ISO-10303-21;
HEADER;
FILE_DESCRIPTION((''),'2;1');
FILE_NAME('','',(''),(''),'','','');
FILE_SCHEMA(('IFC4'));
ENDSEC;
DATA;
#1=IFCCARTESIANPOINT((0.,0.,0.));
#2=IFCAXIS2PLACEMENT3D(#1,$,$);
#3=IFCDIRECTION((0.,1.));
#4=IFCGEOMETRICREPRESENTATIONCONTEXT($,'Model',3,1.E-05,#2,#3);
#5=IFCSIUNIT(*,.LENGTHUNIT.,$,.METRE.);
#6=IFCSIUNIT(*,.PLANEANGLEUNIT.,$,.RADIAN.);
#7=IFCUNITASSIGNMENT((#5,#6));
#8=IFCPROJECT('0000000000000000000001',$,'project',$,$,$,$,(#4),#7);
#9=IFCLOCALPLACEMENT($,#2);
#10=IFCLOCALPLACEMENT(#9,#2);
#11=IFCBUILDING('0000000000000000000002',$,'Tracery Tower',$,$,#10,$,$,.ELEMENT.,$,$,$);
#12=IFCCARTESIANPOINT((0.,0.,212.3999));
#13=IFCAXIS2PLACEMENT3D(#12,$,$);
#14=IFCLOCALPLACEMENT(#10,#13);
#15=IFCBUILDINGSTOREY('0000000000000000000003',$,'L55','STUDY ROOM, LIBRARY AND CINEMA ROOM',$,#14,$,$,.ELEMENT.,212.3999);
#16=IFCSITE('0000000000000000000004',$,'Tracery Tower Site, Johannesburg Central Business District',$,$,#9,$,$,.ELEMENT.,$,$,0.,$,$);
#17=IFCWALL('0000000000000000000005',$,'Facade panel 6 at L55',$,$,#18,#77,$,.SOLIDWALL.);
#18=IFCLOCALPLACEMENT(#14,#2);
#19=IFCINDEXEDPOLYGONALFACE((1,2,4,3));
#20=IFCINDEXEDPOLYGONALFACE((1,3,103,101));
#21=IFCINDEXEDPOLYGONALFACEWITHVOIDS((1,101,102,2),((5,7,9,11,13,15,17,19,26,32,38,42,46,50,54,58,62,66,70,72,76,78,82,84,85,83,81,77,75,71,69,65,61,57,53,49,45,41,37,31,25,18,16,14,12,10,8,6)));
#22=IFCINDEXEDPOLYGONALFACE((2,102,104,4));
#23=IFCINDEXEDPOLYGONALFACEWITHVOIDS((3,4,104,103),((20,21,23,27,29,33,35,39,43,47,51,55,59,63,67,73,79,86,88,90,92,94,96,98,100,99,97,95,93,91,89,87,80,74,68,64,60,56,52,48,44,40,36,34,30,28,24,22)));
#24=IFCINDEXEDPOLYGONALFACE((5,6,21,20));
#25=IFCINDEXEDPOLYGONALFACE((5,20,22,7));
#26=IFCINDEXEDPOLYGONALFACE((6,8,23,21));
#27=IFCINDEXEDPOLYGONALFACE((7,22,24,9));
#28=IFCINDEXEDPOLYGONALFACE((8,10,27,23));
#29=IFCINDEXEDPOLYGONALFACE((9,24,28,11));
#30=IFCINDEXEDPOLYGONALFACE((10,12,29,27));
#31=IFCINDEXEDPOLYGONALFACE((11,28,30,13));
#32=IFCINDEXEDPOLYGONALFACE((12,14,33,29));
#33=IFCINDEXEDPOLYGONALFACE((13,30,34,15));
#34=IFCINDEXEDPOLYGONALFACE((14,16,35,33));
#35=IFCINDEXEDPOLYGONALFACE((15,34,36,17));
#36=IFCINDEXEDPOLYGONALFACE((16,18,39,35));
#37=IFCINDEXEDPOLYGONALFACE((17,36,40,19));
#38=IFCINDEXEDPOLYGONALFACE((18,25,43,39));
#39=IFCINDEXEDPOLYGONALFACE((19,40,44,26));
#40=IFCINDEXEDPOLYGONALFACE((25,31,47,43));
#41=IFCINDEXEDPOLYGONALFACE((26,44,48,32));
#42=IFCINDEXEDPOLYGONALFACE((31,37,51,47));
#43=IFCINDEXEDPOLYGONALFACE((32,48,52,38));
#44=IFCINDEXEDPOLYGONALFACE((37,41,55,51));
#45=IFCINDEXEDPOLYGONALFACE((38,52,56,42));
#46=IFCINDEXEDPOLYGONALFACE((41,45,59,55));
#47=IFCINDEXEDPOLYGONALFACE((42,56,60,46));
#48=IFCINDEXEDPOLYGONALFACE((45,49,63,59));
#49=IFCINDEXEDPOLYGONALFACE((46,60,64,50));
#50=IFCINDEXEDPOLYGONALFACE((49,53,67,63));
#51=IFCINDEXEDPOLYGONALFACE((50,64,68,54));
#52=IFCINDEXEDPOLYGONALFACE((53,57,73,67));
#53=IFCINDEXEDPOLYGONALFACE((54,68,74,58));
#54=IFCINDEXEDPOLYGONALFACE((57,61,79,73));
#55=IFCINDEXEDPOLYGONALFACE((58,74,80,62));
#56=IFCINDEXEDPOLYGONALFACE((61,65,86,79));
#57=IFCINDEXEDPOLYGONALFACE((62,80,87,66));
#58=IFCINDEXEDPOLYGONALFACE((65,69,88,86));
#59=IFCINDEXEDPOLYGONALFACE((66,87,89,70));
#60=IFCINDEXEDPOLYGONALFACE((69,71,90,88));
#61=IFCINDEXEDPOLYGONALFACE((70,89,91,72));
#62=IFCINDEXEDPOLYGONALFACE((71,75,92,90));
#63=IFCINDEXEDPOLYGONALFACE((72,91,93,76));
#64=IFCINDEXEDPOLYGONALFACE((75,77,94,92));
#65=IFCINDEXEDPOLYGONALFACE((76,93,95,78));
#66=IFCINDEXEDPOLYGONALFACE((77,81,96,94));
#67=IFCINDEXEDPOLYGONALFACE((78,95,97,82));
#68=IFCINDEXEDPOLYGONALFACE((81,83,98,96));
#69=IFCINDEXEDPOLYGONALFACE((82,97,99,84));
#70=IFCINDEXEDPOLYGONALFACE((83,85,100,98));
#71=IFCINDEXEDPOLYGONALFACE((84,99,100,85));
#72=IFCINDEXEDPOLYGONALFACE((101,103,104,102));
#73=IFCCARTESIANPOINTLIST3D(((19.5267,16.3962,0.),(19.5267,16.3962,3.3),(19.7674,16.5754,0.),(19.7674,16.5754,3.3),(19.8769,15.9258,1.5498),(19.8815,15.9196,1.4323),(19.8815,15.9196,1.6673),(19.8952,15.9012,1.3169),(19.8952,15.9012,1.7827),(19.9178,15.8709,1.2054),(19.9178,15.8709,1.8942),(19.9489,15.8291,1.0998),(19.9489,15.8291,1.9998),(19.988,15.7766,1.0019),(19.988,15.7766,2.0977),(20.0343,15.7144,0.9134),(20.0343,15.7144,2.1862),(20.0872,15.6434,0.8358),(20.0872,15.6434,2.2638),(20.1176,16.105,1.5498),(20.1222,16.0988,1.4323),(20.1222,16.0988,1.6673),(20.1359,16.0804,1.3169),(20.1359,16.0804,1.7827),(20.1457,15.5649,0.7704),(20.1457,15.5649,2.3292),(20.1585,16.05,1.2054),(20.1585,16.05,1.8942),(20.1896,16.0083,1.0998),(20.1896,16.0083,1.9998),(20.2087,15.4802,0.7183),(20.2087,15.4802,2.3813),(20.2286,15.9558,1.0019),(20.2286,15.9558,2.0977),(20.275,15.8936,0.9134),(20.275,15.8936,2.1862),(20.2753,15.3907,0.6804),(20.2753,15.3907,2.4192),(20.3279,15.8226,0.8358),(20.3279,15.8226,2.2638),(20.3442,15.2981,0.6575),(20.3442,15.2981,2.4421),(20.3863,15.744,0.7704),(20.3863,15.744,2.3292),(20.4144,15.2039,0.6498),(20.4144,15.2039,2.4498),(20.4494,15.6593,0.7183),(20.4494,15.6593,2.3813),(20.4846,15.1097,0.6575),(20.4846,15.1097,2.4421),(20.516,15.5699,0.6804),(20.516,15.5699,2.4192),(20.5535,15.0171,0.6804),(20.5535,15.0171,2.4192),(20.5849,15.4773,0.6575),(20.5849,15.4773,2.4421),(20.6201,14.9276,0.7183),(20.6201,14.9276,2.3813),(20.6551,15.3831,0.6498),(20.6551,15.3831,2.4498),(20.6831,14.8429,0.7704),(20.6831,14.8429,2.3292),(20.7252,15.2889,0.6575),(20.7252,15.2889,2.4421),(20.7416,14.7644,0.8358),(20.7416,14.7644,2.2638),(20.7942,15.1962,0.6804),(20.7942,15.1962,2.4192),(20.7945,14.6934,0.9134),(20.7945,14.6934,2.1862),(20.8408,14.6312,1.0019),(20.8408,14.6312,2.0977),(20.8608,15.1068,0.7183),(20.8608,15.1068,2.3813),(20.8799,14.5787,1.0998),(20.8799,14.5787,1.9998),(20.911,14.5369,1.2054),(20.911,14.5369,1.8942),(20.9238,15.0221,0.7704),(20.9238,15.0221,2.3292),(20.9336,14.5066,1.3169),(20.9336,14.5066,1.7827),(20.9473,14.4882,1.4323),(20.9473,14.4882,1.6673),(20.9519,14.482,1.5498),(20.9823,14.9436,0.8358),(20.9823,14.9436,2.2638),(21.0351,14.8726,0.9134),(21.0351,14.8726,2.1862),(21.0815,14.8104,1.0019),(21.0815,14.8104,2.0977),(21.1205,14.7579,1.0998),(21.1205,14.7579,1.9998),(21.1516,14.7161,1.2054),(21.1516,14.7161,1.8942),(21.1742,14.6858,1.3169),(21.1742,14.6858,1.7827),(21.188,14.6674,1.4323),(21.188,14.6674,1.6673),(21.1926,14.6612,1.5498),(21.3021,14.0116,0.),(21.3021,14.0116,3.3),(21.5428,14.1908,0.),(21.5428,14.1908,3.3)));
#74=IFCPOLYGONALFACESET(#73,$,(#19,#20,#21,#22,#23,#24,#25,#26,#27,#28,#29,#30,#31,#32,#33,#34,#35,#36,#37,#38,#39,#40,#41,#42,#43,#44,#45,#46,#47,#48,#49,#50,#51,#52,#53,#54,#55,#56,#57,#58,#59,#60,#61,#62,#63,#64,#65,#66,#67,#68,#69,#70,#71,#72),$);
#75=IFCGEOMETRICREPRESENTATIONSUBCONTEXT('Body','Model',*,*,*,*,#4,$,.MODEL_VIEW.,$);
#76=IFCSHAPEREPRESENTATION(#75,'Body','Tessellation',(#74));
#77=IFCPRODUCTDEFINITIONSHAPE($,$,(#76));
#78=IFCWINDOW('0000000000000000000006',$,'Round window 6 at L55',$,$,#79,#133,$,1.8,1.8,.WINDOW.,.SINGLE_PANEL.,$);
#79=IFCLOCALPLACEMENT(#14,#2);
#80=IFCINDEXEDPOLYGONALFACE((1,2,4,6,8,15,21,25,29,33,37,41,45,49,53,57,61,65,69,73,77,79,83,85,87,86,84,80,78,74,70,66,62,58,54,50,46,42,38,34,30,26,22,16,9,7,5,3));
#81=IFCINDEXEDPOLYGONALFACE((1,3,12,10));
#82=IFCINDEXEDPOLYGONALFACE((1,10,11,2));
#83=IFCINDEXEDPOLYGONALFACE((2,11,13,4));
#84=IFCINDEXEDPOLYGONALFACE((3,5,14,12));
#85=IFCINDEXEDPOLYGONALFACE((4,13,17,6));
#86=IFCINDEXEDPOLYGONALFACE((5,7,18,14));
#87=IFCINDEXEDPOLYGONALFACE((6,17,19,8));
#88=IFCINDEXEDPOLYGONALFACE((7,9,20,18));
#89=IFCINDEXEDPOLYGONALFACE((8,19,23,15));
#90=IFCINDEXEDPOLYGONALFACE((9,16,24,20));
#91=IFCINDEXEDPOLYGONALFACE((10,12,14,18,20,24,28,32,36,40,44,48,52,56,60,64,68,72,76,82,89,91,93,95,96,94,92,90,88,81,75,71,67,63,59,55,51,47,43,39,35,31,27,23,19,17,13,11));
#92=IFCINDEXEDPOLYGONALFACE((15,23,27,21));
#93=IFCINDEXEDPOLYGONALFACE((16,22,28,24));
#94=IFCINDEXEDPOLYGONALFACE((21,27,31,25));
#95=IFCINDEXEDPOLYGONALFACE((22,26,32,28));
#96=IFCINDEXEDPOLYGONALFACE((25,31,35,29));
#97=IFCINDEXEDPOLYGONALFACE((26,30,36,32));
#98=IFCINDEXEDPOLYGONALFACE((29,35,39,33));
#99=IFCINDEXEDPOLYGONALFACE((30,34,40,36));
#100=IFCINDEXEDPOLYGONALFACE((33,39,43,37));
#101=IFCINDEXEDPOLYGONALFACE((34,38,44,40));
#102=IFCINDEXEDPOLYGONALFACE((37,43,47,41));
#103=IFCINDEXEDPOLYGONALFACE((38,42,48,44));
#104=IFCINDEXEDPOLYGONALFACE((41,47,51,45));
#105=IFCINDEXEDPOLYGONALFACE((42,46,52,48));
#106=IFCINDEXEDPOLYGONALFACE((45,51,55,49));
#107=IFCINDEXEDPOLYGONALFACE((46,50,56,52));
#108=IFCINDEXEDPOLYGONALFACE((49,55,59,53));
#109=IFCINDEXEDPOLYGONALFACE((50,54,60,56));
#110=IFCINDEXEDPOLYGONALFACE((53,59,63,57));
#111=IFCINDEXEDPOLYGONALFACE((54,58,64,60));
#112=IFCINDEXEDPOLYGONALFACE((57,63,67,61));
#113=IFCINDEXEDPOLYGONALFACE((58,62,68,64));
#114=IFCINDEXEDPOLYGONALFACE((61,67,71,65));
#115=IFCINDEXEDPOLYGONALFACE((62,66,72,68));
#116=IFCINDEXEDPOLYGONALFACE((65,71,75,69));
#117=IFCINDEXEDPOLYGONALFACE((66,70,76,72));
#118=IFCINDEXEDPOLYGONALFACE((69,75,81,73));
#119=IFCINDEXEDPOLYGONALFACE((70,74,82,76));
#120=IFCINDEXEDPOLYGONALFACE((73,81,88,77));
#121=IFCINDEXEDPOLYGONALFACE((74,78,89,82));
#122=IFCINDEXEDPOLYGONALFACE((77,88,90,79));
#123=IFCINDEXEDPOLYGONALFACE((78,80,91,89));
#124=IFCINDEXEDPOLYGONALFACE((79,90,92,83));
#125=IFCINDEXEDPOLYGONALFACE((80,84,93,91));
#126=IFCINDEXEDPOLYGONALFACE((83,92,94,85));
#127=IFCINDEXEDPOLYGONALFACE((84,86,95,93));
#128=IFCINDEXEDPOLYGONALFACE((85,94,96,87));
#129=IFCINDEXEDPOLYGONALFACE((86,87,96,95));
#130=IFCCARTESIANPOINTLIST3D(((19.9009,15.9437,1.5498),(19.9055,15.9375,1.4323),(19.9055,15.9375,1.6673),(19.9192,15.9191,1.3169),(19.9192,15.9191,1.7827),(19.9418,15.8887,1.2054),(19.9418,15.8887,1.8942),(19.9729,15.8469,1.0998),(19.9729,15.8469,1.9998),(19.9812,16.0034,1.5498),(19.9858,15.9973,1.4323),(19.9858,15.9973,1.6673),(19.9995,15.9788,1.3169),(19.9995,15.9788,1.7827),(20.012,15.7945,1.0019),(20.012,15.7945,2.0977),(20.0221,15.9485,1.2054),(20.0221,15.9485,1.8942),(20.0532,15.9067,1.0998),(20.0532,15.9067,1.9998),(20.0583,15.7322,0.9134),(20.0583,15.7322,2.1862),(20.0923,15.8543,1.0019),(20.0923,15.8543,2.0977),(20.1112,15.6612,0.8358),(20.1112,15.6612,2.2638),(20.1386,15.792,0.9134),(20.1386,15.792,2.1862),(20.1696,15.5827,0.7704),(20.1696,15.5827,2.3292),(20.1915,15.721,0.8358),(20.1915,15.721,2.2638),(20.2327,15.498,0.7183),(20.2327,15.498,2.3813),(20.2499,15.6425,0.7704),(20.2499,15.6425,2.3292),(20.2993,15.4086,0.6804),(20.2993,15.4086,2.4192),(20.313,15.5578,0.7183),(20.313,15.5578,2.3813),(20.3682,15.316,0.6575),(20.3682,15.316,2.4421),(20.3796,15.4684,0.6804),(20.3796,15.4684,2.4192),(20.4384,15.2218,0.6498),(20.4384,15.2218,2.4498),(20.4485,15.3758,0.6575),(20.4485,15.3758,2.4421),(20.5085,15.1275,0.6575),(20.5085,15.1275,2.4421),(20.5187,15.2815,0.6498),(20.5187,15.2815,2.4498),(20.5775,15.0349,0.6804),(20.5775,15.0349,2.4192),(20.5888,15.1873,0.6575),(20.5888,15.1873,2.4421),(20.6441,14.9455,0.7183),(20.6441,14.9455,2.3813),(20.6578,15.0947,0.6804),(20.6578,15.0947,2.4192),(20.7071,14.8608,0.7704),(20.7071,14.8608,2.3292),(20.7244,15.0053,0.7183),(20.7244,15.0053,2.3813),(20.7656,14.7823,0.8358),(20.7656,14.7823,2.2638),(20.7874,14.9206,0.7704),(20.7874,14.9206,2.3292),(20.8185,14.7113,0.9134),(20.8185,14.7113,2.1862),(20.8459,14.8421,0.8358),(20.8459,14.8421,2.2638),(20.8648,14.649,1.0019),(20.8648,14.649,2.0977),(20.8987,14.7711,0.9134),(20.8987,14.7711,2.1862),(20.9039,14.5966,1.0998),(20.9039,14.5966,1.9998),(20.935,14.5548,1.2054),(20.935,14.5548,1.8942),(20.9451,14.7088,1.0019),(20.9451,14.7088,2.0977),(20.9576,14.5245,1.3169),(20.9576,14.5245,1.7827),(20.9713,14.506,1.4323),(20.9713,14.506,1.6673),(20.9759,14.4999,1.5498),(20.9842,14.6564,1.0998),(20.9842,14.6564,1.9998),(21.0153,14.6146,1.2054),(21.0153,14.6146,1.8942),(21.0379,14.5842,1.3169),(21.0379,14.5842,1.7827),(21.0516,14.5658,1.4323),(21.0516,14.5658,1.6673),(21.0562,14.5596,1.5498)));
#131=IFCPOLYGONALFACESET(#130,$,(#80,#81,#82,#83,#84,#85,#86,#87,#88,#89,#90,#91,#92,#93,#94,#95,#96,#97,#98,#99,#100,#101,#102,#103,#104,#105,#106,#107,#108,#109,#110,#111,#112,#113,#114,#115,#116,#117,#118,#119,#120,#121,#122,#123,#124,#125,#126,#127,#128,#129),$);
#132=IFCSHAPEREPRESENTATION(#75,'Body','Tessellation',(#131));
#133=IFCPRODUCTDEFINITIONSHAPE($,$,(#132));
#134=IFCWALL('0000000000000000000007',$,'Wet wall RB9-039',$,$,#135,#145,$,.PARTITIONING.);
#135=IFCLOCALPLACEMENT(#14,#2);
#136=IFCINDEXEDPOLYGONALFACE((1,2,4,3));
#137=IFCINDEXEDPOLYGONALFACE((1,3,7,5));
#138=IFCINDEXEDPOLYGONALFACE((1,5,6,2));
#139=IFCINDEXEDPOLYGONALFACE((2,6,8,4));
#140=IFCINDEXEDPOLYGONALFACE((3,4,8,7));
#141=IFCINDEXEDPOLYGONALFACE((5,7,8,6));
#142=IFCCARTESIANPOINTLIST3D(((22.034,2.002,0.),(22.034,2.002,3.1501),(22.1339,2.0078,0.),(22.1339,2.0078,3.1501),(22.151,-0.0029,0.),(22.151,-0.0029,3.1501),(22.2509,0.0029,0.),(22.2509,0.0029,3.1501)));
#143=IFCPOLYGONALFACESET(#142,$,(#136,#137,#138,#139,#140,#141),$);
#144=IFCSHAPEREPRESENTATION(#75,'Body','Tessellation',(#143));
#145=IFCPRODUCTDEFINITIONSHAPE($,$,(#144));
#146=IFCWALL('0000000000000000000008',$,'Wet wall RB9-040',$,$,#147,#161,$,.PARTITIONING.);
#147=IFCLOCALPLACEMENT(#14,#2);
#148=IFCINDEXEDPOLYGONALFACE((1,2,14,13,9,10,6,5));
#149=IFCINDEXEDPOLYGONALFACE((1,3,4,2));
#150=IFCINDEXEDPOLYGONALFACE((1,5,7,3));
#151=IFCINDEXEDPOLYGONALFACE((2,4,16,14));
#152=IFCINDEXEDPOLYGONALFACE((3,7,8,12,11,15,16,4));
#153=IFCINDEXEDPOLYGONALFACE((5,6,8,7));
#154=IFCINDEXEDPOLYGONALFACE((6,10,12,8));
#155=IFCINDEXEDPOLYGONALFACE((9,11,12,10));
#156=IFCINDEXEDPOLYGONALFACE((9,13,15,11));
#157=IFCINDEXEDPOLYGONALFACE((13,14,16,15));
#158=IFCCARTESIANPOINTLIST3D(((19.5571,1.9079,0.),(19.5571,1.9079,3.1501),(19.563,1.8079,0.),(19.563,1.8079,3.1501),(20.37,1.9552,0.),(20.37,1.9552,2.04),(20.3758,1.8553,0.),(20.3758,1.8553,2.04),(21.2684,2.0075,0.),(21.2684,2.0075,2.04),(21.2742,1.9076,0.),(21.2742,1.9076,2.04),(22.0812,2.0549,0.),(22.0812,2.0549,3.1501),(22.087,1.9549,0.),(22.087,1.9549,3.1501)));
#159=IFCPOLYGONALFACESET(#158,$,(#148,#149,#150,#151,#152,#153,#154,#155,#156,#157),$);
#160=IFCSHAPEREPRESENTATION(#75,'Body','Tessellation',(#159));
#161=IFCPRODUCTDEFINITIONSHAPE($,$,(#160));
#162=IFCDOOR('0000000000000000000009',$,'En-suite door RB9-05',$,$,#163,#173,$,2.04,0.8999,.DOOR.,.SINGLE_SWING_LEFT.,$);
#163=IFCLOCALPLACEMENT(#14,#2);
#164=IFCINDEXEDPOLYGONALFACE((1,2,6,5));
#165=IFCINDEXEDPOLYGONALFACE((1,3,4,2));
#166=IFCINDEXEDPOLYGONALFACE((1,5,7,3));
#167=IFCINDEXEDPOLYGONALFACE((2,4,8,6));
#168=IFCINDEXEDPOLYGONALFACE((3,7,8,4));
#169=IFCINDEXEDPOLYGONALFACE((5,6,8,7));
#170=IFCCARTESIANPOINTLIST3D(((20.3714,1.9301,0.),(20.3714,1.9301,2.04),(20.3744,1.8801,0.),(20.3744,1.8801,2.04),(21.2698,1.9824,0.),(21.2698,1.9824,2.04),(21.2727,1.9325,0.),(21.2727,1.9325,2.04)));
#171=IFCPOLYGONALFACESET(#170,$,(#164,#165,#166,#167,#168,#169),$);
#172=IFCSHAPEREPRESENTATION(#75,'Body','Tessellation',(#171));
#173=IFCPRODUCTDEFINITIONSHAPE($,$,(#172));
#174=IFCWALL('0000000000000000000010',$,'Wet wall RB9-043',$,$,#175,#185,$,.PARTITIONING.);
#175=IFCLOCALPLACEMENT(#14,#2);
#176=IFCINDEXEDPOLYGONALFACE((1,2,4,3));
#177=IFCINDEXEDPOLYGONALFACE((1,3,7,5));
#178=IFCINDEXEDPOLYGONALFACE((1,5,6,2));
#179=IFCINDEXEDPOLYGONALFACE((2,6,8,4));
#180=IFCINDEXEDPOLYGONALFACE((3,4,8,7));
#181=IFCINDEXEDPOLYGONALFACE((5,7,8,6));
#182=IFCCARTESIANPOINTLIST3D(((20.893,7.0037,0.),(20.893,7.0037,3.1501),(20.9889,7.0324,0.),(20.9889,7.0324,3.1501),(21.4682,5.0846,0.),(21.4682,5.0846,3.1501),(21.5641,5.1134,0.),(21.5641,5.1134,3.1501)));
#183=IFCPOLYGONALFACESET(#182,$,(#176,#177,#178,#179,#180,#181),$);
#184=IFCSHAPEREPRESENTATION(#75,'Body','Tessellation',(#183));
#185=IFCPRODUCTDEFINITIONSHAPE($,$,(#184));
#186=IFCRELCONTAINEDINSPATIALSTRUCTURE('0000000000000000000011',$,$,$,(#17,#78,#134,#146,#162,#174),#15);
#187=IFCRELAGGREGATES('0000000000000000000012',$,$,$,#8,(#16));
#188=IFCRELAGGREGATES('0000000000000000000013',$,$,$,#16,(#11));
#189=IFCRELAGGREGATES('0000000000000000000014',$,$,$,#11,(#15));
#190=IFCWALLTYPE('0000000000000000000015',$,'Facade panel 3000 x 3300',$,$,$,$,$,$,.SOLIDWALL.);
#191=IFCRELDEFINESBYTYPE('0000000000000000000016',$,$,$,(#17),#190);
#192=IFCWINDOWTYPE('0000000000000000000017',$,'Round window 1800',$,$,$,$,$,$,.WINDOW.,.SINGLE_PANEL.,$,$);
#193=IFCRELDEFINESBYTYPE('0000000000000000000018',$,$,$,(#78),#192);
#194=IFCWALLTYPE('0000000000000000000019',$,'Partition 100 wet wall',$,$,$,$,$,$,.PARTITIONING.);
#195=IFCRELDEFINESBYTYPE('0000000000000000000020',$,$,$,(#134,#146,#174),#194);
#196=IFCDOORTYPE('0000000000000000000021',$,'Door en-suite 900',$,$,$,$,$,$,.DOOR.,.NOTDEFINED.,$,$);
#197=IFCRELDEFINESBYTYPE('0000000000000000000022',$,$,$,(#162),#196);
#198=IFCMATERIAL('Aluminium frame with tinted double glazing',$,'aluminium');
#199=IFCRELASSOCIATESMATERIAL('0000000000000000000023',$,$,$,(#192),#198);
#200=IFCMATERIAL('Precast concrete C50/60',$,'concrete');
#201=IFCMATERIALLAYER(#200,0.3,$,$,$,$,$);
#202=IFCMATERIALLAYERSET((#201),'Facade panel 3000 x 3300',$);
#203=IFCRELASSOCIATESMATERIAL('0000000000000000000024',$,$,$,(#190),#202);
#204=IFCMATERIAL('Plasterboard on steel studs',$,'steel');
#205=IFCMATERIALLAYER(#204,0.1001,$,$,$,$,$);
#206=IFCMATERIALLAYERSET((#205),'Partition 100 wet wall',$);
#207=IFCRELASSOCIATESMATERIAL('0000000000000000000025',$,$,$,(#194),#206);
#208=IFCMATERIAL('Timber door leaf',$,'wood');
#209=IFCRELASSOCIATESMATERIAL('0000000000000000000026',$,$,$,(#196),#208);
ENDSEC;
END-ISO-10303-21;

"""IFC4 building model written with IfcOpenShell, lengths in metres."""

from ifc_helpers import new_model, si_unit, direction, frame, frame_2d, origin, origin_2d, place, context, subcontext, project, spatial, rectangle, circle, extrude, material, layer, layer_set, type_object, element, fill, save


model = new_model("IFC4")

# Units and contexts
model_context = context("Model", 3, precision=1e-05, world=origin(), true_north=direction((0.0, 1.0)))
body_context = subcontext(model_context, "Body", "Model", "MODEL_VIEW")
ifc_project = project(units=[si_unit("LENGTHUNIT", "METRE"), si_unit("PLANEANGLEUNIT", "RADIAN")], contexts=[model_context])

# Site, building, storey
site_placement = place(None, origin())
site = spatial("IfcSite", under=ifc_project, at=site_placement, Name="Tracery Tower Site, Johannesburg Central Business District", CompositionType="ELEMENT", RefElevation=0.0)
building_placement = place(site_placement, origin())
building = spatial("IfcBuilding", under=site, at=building_placement, Name="Tracery Tower", CompositionType="ELEMENT")
storey_placement = place(building_placement, frame((0.0, 0.0, 212.3999)))
storey = spatial("IfcBuildingStorey", under=building, at=storey_placement, Name="L55", Description="STUDY ROOM, LIBRARY AND CINEMA ROOM", CompositionType="ELEMENT", Elevation=212.3999)

# Wall, opening, window
ifc_material_1 = material(Name="Aluminium frame with tinted double glazing", Category="aluminium")
window_type = type_object("IfcWindowType", Name="Round window 1800", PartitioningType="SINGLE_PANEL", PredefinedType="WINDOW", material=ifc_material_1)
ifc_material_2 = material(Name="Precast concrete C50/60", Category="concrete")
ifc_layer_1 = layer(ifc_material_2, 0.3)
ifc_layer_set_1 = layer_set([ifc_layer_1], Name="Facade panel 3000 x 3300")
wall_type_1 = type_object("IfcWallType", Name="Facade panel 3000 x 3300", PredefinedType="SOLIDWALL", material=ifc_layer_set_1)
wall_1_placement = place(storey_placement, frame((21.4224, 14.1013, 0.0), z_axis=(0.0, 0.0, 1.0), x_axis=(-0.597198, 0.802094, 0.0)))
wall_1 = element("IfcWall", 1, at=wall_1_placement, inside=storey, type_object=wall_type_1, Name="Facade panel 6 at L55", PredefinedType="SOLIDWALL", context=body_context, shape_type="SweptSolid", body=[
    extrude(rectangle(XDim=2.9729, YDim=0.3, at=frame_2d((1.4863, 0.0))), origin(), (0.0, 0.0, 1.0), 3.3),
])
opening_1_placement = place(wall_1_placement, frame((1.4863, 0.0, 1.5498)))
opening_1 = element("IfcOpeningElement", 2, at=opening_1_placement, cuts=wall_1, PredefinedType="OPENING", context=body_context, shape_type="SweptSolid", body=[
    extrude(circle(Radius=0.9, at=origin_2d()), frame((0.0, 0.1599, 0.0), z_axis=(0.0, -1.0, 0.0), x_axis=(1.0, 0.0, 0.0)), (0.0, 0.0, 1.0), 0.3201),
])
window_1_placement = place(opening_1_placement, origin())
window_1 = element("IfcWindow", 3, at=window_1_placement, inside=storey, type_object=window_type, Name="Round window 6 at L55", OverallHeight=1.8, OverallWidth=1.8, PartitioningType="SINGLE_PANEL", PredefinedType="WINDOW", context=body_context, shape_type="SweptSolid", body=[
    extrude(circle(Radius=0.9, at=origin_2d()), frame((0.0, 0.1201, 0.0), z_axis=(0.0, -1.0, 0.0), x_axis=(1.0, 0.0, 0.0)), (0.0, 0.0, 1.0), 0.1001),
])
fill(opening_1, window_1)

# Wall
ifc_material_3 = material(Name="Plasterboard on steel studs", Category="steel")
ifc_layer_2 = layer(ifc_material_3, 0.1001)
ifc_layer_set_2 = layer_set([ifc_layer_2], Name="Partition 100 wet wall")
wall_type_2 = type_object("IfcWallType", Name="Partition 100 wet wall", PredefinedType="PARTITIONING", material=ifc_layer_set_2)
wall_2_placement = place(storey_placement, frame((22.084, 2.0049, 0.0), z_axis=(0.0, 0.0, 1.0), x_axis=(0.05823, -0.998303, 0.0)))
element("IfcWall", 4, at=wall_2_placement, inside=storey, type_object=wall_type_2, Name="Wet wall RB9-039", PredefinedType="PARTITIONING", context=body_context, shape_type="SweptSolid", body=[
    extrude(rectangle(XDim=2.0083, YDim=0.1001, at=frame_2d((1.0042, 0.0))), origin(), (0.0, 0.0, 1.0), 3.1501),
])

# Wall, opening, door
wall_3_placement = place(storey_placement, frame((19.5601, 1.8579, 0.0), z_axis=(0.0, 0.0, 1.0), x_axis=(0.998309, 0.058133, 0.0)))
wall_3 = element("IfcWall", 5, at=wall_3_placement, inside=storey, type_object=wall_type_2, Name="Wet wall RB9-040", PredefinedType="PARTITIONING", context=body_context, shape_type="SweptSolid", body=[
    extrude(rectangle(XDim=2.5283, YDim=0.1001, at=frame_2d((1.2642, 0.0))), origin(), (0.0, 0.0, 1.0), 3.1501),
])
opening_2_placement = place(wall_3_placement, frame((0.8142, 0.0, 0.0)))
opening_2 = element("IfcOpeningElement", 6, at=opening_2_placement, cuts=wall_3, PredefinedType="OPENING", context=body_context, shape_type="SweptSolid", body=[
    extrude(rectangle(XDim=0.8999, YDim=2.04, at=frame_2d((0.45, 1.02))), frame((0.0, 0.05, 0.0), z_axis=(0.0, -1.0, 0.0), x_axis=(1.0, 0.0, 0.0)), (0.0, 0.0, 1.0), 0.1001),
])
ifc_material_4 = material(Name="Timber door leaf", Category="wood")
door_type = type_object("IfcDoorType", Name="Door en-suite 900", OperationType="NOTDEFINED", PredefinedType="DOOR", material=ifc_material_4)
door_1_placement = place(opening_2_placement, origin())
door_1 = element("IfcDoor", 7, at=door_1_placement, inside=storey, type_object=door_type, Name="En-suite door RB9-05", OperationType="SINGLE_SWING_LEFT", OverallHeight=2.04, OverallWidth=0.8999, PredefinedType="DOOR", context=body_context, shape_type="SweptSolid", body=[
    extrude(rectangle(XDim=0.8999, YDim=2.04, at=frame_2d((0.45, 1.02))), frame((0.0, 0.0249, 0.0), z_axis=(0.0, -1.0, 0.0), x_axis=(1.0, 0.0, 0.0)), (0.0, 0.0, 1.0), 0.05),
])
fill(opening_2, door_1)

# Wall
wall_4_placement = place(storey_placement, frame((20.9409, 7.0181, 0.0), z_axis=(0.0, 0.0, 1.0), x_axis=(0.287124, -0.957893, 0.0)))
element("IfcWall", 8, at=wall_4_placement, inside=storey, type_object=wall_type_2, Name="Wet wall RB9-043", PredefinedType="PARTITIONING", context=body_context, shape_type="SweptSolid", body=[
    extrude(rectangle(XDim=2.0034, YDim=0.1001, at=frame_2d((1.0017, 0.0))), origin(), (0.0, 0.0, 1.0), 3.1501),
])

save(model, "model.ifc")
